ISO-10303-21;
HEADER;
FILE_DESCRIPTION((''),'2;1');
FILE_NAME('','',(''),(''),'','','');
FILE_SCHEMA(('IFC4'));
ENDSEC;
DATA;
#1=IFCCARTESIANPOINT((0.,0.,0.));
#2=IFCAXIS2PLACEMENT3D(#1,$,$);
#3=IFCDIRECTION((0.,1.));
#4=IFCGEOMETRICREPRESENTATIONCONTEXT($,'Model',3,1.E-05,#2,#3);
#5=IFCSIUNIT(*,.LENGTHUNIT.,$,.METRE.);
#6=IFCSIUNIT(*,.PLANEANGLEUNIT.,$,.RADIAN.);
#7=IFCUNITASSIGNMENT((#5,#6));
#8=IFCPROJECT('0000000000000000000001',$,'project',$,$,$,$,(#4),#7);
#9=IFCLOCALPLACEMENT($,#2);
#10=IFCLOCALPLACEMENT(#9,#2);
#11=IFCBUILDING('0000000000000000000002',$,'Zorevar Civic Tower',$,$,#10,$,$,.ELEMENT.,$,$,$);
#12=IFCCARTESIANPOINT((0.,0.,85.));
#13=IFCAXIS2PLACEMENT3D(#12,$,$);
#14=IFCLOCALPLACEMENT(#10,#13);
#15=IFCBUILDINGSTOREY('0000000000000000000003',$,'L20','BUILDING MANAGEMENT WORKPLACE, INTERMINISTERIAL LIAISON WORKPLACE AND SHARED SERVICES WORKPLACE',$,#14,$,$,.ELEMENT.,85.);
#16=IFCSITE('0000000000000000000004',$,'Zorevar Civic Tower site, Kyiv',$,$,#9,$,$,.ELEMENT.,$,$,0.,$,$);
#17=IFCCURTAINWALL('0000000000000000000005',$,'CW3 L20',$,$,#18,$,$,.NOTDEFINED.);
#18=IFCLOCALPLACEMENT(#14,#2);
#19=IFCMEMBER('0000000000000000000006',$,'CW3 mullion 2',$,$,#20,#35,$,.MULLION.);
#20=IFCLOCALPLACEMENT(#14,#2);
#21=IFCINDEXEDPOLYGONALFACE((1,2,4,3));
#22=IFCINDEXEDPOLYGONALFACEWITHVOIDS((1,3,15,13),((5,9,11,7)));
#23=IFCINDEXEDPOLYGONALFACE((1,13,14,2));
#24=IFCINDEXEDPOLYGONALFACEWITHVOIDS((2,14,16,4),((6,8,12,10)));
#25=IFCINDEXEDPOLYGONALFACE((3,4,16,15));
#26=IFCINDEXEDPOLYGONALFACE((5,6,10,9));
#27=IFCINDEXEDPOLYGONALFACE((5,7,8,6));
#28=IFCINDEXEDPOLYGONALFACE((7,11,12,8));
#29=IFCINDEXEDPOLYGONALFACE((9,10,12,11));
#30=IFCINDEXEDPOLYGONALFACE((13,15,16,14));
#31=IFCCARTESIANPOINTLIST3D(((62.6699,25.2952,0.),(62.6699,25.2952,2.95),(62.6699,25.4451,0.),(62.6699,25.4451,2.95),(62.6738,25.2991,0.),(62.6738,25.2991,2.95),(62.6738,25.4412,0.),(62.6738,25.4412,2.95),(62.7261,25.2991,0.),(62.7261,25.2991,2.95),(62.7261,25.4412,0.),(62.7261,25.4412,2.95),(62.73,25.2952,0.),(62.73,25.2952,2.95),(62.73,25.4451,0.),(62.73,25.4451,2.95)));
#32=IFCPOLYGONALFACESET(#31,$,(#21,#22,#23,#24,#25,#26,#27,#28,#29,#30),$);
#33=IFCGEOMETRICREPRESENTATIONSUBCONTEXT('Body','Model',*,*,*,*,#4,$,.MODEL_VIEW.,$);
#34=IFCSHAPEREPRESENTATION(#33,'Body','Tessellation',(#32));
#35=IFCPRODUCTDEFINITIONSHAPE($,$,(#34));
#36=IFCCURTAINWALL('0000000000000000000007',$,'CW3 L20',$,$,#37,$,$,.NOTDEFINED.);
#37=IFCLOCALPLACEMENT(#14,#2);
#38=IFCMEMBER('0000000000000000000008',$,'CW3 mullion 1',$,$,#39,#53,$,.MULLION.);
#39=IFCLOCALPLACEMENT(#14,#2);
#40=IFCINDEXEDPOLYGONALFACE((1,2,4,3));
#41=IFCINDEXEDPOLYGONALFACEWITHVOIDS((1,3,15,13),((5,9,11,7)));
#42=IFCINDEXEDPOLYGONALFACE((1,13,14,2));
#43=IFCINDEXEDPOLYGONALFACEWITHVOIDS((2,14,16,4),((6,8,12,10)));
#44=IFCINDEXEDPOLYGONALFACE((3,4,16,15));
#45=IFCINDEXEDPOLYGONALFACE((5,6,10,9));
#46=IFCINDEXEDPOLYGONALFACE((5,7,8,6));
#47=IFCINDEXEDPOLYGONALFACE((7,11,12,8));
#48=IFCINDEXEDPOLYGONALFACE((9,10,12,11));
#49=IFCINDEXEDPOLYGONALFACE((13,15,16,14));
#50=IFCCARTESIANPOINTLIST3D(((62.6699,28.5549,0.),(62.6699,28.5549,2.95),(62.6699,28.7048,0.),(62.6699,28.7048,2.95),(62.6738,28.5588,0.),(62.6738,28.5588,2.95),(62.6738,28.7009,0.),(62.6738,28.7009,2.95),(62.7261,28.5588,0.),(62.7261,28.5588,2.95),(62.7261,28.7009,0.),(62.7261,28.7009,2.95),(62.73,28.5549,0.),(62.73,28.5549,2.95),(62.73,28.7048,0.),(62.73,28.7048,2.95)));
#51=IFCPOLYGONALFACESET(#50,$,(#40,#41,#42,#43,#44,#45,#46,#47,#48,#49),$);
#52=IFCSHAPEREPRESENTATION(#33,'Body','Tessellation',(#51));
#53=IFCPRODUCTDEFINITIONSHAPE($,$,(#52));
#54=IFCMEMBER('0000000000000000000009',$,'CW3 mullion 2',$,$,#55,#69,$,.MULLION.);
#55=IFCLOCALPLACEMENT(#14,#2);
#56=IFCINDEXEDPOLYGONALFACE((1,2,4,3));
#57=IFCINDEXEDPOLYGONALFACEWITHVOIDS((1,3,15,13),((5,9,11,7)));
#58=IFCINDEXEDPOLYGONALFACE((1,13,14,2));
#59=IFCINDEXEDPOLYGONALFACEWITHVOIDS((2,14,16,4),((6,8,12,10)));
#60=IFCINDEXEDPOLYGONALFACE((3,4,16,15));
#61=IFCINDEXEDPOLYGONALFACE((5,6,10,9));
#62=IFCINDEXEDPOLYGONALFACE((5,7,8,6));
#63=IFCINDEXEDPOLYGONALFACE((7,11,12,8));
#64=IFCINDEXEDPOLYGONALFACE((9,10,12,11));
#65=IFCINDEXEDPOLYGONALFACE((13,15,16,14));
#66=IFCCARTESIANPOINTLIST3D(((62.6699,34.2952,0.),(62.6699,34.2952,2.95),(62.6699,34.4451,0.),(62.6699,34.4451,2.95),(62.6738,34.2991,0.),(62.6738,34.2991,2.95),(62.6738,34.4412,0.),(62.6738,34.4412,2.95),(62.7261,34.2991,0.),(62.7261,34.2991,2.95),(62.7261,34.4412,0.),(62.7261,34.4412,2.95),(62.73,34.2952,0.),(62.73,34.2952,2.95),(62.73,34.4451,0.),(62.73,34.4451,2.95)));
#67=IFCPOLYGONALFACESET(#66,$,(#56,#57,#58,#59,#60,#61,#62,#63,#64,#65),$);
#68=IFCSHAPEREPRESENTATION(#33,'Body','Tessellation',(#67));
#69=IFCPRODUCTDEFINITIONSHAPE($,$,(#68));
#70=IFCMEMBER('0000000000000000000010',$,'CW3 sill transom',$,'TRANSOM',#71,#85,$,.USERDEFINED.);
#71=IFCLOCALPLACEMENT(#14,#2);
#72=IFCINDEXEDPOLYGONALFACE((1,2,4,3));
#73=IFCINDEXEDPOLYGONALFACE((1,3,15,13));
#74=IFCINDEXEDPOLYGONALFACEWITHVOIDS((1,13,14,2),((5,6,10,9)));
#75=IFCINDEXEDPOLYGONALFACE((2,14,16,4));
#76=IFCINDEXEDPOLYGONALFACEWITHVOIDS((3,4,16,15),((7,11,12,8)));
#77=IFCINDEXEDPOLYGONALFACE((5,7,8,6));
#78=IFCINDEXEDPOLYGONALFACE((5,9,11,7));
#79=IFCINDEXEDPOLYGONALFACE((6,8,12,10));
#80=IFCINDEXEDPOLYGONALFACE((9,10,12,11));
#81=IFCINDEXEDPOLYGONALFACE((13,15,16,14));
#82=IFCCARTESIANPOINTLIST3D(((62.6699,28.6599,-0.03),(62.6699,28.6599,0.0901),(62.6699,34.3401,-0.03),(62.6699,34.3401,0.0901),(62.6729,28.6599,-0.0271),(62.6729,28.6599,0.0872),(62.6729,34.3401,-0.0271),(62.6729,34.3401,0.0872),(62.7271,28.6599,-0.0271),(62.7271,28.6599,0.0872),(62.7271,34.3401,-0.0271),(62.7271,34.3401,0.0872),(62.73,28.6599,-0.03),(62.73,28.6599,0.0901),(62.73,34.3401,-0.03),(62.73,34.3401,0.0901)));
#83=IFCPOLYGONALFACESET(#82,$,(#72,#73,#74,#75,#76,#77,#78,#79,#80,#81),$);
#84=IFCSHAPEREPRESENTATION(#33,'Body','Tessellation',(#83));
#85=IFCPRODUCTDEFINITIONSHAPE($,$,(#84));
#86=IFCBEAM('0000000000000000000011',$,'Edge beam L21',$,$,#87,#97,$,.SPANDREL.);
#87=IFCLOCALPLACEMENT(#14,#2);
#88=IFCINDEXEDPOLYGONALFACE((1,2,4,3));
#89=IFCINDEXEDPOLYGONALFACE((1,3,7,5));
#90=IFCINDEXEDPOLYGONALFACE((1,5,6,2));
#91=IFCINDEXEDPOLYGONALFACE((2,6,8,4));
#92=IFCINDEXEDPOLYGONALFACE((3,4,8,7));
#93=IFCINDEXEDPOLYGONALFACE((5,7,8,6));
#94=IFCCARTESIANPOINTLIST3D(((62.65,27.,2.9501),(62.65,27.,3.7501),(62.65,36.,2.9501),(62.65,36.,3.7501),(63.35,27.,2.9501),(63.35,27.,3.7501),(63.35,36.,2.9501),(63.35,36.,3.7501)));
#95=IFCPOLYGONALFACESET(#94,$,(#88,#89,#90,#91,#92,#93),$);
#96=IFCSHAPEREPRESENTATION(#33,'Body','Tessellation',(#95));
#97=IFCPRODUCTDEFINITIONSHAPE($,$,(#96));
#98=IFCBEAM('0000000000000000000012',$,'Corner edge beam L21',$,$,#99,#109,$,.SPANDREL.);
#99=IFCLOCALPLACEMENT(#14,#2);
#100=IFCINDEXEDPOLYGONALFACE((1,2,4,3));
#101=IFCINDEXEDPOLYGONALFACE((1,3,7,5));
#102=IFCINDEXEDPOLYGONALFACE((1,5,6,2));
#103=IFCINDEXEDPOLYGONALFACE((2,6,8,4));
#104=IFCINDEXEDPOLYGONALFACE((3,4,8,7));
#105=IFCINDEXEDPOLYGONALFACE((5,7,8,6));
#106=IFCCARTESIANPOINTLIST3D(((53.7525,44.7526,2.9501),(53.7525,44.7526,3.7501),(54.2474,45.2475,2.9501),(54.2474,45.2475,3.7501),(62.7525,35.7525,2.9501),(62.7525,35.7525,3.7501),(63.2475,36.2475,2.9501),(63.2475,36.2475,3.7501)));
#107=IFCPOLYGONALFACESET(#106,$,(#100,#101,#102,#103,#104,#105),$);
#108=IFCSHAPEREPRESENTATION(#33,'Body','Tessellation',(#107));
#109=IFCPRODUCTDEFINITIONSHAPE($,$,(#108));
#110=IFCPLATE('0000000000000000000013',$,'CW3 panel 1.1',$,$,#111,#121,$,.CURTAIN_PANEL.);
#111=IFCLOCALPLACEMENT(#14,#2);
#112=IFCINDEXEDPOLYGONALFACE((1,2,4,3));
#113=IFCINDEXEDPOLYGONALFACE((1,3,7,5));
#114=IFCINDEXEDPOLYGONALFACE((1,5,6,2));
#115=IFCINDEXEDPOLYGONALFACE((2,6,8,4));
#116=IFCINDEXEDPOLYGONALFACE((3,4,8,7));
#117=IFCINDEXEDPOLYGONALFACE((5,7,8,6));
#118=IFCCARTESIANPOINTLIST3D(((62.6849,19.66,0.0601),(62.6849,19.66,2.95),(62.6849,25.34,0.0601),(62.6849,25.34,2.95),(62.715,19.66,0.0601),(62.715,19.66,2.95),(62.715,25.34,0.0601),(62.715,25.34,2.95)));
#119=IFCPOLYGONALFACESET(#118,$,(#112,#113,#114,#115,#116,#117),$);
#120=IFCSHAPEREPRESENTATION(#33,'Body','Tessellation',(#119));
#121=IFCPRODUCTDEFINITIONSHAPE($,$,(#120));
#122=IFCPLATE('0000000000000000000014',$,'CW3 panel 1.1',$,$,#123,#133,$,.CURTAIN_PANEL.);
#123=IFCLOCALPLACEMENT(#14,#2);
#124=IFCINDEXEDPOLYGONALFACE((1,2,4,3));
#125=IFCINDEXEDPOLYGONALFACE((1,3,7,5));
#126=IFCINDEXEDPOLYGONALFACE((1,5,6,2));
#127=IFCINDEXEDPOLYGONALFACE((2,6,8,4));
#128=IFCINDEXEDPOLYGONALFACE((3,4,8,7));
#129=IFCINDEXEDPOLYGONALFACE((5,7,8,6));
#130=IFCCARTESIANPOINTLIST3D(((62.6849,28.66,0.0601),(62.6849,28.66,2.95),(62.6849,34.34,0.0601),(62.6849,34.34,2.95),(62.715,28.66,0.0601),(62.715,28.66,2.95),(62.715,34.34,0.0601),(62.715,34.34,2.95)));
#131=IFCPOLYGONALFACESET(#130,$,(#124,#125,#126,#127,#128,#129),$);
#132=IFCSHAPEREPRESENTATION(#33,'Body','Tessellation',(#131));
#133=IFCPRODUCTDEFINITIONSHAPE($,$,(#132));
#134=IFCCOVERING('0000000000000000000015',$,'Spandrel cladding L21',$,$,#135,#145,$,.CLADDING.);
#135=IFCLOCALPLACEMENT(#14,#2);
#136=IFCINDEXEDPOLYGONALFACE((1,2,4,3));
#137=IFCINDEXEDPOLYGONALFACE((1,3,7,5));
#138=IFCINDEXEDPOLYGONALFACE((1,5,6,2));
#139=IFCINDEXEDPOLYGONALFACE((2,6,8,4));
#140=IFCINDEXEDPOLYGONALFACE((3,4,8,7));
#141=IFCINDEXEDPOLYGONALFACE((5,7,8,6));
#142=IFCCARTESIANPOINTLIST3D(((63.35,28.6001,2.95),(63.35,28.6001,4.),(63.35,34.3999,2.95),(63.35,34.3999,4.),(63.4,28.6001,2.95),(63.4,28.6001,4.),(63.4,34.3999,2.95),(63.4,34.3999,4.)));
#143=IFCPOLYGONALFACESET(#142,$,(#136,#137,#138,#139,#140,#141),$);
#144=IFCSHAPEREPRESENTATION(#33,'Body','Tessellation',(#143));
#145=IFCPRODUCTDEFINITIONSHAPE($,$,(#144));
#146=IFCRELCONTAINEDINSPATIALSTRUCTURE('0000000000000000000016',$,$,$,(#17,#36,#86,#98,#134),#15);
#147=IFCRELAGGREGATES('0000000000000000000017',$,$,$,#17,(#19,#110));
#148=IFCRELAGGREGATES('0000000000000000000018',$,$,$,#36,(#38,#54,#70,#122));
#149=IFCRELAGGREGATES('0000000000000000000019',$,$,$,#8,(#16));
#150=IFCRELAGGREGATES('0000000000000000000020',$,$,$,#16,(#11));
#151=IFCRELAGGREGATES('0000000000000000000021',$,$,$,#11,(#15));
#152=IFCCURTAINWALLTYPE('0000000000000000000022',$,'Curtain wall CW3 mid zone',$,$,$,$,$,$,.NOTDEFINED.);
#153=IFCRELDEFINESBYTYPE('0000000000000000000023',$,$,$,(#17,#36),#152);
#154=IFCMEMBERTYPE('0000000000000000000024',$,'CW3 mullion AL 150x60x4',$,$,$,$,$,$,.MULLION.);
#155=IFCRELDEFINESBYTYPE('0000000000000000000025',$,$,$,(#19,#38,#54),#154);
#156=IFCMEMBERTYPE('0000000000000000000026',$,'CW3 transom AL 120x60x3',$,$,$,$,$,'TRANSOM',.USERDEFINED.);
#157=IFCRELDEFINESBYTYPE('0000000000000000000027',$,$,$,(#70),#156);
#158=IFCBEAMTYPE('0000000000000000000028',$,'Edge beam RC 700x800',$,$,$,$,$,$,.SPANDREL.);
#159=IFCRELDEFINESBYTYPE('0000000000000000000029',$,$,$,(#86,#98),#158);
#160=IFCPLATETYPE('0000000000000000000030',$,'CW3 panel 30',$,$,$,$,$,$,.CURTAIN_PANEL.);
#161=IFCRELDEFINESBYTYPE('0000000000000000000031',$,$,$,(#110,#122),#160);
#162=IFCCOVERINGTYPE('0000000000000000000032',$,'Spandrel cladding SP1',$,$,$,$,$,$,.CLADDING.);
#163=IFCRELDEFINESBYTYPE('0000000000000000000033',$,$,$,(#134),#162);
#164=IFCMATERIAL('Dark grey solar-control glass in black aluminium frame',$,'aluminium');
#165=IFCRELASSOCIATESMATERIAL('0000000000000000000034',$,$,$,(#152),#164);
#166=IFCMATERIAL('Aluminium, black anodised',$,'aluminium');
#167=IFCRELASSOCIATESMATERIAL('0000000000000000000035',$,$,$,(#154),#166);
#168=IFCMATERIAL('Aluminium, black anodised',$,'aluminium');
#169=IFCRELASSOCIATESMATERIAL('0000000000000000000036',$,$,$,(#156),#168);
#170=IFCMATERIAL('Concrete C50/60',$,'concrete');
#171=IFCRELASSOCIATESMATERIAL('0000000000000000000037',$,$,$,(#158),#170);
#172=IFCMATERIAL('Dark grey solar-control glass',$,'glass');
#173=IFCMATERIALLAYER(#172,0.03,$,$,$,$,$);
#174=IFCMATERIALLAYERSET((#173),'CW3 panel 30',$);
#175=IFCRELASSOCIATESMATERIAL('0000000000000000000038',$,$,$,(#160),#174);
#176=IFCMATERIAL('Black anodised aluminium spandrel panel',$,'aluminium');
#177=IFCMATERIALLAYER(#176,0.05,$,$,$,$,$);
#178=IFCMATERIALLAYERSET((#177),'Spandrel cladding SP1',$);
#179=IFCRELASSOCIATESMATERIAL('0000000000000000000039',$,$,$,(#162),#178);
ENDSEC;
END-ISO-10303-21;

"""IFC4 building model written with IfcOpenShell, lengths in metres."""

from ifc_helpers import new_model, si_unit, direction, frame, frame_2d, origin, origin_2d, place, context, subcontext, project, spatial, rectangle, hollow_rectangle, extrude, material, layer, layer_set, material_profile, profile_set, type_object, element, aggregate, save


model = new_model("IFC4")

# Units and contexts
model_context = context("Model", 3, precision=1e-05, world=origin(), true_north=direction((0.0, 1.0)))
body_context = subcontext(model_context, "Body", "Model", "MODEL_VIEW")
ifc_project = project(units=[si_unit("LENGTHUNIT", "METRE"), si_unit("PLANEANGLEUNIT", "RADIAN")], contexts=[model_context])

# Site, building, storey
site_placement = place(None, origin())
site = spatial("IfcSite", under=ifc_project, at=site_placement, Name="Zorevar Civic Tower site, Kyiv", CompositionType="ELEMENT", RefElevation=0.0)
building_placement = place(site_placement, origin())
building = spatial("IfcBuilding", under=site, at=building_placement, Name="Zorevar Civic Tower", CompositionType="ELEMENT")
storey_placement = place(building_placement, frame((0.0, 0.0, 85.0)))
storey = spatial("IfcBuildingStorey", under=building, at=storey_placement, Name="L20", Description="BUILDING MANAGEMENT WORKPLACE, INTERMINISTERIAL LIAISON WORKPLACE AND SHARED SERVICES WORKPLACE", CompositionType="ELEMENT", Elevation=85.0)

# Curtain wall, member
ifc_material_1 = material(Name="Dark grey solar-control glass in black aluminium frame", Category="aluminium")
curtain_wall_type = type_object("IfcCurtainWallType", Name="Curtain wall CW3 mid zone", PredefinedType="NOTDEFINED", material=ifc_material_1)
curtain_wall_1_placement = place(storey_placement, origin())
curtain_wall_1 = element("IfcCurtainWall", 1, at=curtain_wall_1_placement, inside=storey, type_object=curtain_wall_type, Name="CW3 L20", PredefinedType="NOTDEFINED")
ifc_material_2 = material(Name="Aluminium, black anodised", Category="aluminium")
ifc_material_profile_1 = material_profile(ifc_material_2, hollow_rectangle(XDim=0.0601, YDim=0.1499, WallThickness=0.0039, at=origin_2d()), Name="AL 150x60x4")
ifc_profile_set_1 = profile_set([ifc_material_profile_1], Name="Aluminium, black anodised")
member_type_1 = type_object("IfcMemberType", Name="CW3 mullion AL 150x60x4", PredefinedType="MULLION", material=ifc_profile_set_1)
member_1_placement = place(storey_placement, frame((62.7, 25.3701, 0.0), z_axis=(0.0, 0.0, 1.0), x_axis=(-1.0, 0.0, 0.0)))
member_1 = element("IfcMember", 2, at=member_1_placement, type_object=member_type_1, Name="CW3 mullion 2", PredefinedType="MULLION", context=body_context, shape_type="SweptSolid", body=[
    extrude(hollow_rectangle(XDim=0.0601, YDim=0.1499, WallThickness=0.0039, at=origin_2d()), origin(), (0.0, 0.0, 1.0), 2.95),
])

# Curtain wall, members
curtain_wall_2_placement = place(storey_placement, origin())
curtain_wall_2 = element("IfcCurtainWall", 3, at=curtain_wall_2_placement, inside=storey, type_object=curtain_wall_type, Name="CW3 L20", PredefinedType="NOTDEFINED")
member_2_placement = place(storey_placement, frame((62.7, 28.6299, 0.0), z_axis=(0.0, 0.0, 1.0), x_axis=(-1.0, 0.0, 0.0)))
member_2 = element("IfcMember", 4, at=member_2_placement, type_object=member_type_1, Name="CW3 mullion 1", PredefinedType="MULLION", context=body_context, shape_type="SweptSolid", body=[
    extrude(hollow_rectangle(XDim=0.0601, YDim=0.1499, WallThickness=0.0039, at=origin_2d()), origin(), (0.0, 0.0, 1.0), 2.95),
])
member_3_placement = place(storey_placement, frame((62.7, 34.3701, 0.0), z_axis=(0.0, 0.0, 1.0), x_axis=(-1.0, 0.0, 0.0)))
member_3 = element("IfcMember", 5, at=member_3_placement, type_object=member_type_1, Name="CW3 mullion 2", PredefinedType="MULLION", context=body_context, shape_type="SweptSolid", body=[
    extrude(hollow_rectangle(XDim=0.0601, YDim=0.1499, WallThickness=0.0039, at=origin_2d()), origin(), (0.0, 0.0, 1.0), 2.95),
])
ifc_material_3 = material(Name="Aluminium, black anodised", Category="aluminium")
ifc_material_profile_2 = material_profile(ifc_material_3, hollow_rectangle(XDim=0.0601, YDim=0.1201, WallThickness=0.0029, at=origin_2d()), Name="AL 120x60x3")
ifc_profile_set_2 = profile_set([ifc_material_profile_2], Name="Aluminium, black anodised")
member_type_2 = type_object("IfcMemberType", Name="CW3 transom AL 120x60x3", ElementType="TRANSOM", PredefinedType="USERDEFINED", material=ifc_profile_set_2)
member_4_placement = place(storey_placement, frame((62.7, 28.6599, 0.03), z_axis=(0.0, 1.0, 0.0), x_axis=(-1.0, 0.0, 0.0)))
member_4 = element("IfcMember", 6, at=member_4_placement, type_object=member_type_2, Name="CW3 sill transom", ObjectType="TRANSOM", PredefinedType="USERDEFINED", context=body_context, shape_type="SweptSolid", body=[
    extrude(hollow_rectangle(XDim=0.0601, YDim=0.1201, WallThickness=0.0029, at=origin_2d()), origin(), (0.0, 0.0, 1.0), 5.6802),
])

# Beams
ifc_material_4 = material(Name="Concrete C50/60", Category="concrete")
ifc_material_profile_3 = material_profile(ifc_material_4, rectangle(XDim=0.7, YDim=0.8, at=origin_2d()), Name="RC 700x800")
ifc_profile_set_3 = profile_set([ifc_material_profile_3], Name="Concrete C50/60")
beam_type_1 = type_object("IfcBeamType", Name="Edge beam RC 700x800", PredefinedType="SPANDREL", material=ifc_profile_set_3)
beam_1_placement = place(storey_placement, frame((63.0, 27.0, 3.3501), z_axis=(0.0, 1.0, 0.0), x_axis=(-1.0, 0.0, 0.0)))
element("IfcBeam", 7, at=beam_1_placement, inside=storey, type_object=beam_type_1, Name="Edge beam L21", PredefinedType="SPANDREL", context=body_context, shape_type="SweptSolid", body=[
    extrude(rectangle(XDim=0.7, YDim=0.8, at=origin_2d()), origin(), (0.0, 0.0, 1.0), 9.0),
])
beam_2_placement = place(storey_placement, frame((63.0, 36.0, 3.3501), z_axis=(-0.707107, 0.707107, 0.0), x_axis=(-0.707107, -0.707107, 0.0)))
element("IfcBeam", 8, at=beam_2_placement, inside=storey, type_object=beam_type_1, Name="Corner edge beam L21", PredefinedType="SPANDREL", context=body_context, shape_type="SweptSolid", body=[
    extrude(rectangle(XDim=0.7, YDim=0.8, at=origin_2d()), origin(), (0.0, 0.0, 1.0), 12.728),
])

# Plates
ifc_material_5 = material(Name="Dark grey solar-control glass", Category="glass")
ifc_layer_1 = layer(ifc_material_5, 0.03)
ifc_layer_set_1 = layer_set([ifc_layer_1], Name="CW3 panel 30")
plate_type = type_object("IfcPlateType", Name="CW3 panel 30", PredefinedType="CURTAIN_PANEL", material=ifc_layer_set_1)
plate_1_placement = place(storey_placement, frame((62.7, 22.5, 0.0601), z_axis=(0.0, 0.0, 1.0), x_axis=(0.0, 1.0, 0.0)))
plate_1 = element("IfcPlate", 9, at=plate_1_placement, type_object=plate_type, Name="CW3 panel 1.1", PredefinedType="CURTAIN_PANEL", context=body_context, shape_type="SweptSolid", body=[
    extrude(rectangle(XDim=5.6799, YDim=0.03, at=origin_2d()), origin(), (0.0, 0.0, 1.0), 2.8899),
])
aggregate(curtain_wall_1, [member_1, plate_1])
plate_2_placement = place(storey_placement, frame((62.7, 31.5, 0.0601), z_axis=(0.0, 0.0, 1.0), x_axis=(0.0, 1.0, 0.0)))
plate_2 = element("IfcPlate", 10, at=plate_2_placement, type_object=plate_type, Name="CW3 panel 1.1", PredefinedType="CURTAIN_PANEL", context=body_context, shape_type="SweptSolid", body=[
    extrude(rectangle(XDim=5.6799, YDim=0.03, at=origin_2d()), origin(), (0.0, 0.0, 1.0), 2.8899),
])
aggregate(curtain_wall_2, [member_2, member_3, member_4, plate_2])

# Covering
ifc_material_6 = material(Name="Black anodised aluminium spandrel panel", Category="aluminium")
ifc_layer_2 = layer(ifc_material_6, 0.05)
ifc_layer_set_2 = layer_set([ifc_layer_2], Name="Spandrel cladding SP1")
covering_type = type_object("IfcCoveringType", Name="Spandrel cladding SP1", PredefinedType="CLADDING", material=ifc_layer_set_2)
covering_placement = place(storey_placement, frame((63.375, 28.6001, 2.95), z_axis=(0.0, 0.0, 1.0), x_axis=(0.0, 1.0, 0.0)))
element("IfcCovering", 11, at=covering_placement, inside=storey, type_object=covering_type, Name="Spandrel cladding L21", PredefinedType="CLADDING", context=body_context, shape_type="SweptSolid", body=[
    extrude(rectangle(XDim=5.7998, YDim=0.05, at=frame_2d((2.8999, 0.0))), origin(), (0.0, 0.0, 1.0), 1.05),
])

save(model, "model.ifc")
